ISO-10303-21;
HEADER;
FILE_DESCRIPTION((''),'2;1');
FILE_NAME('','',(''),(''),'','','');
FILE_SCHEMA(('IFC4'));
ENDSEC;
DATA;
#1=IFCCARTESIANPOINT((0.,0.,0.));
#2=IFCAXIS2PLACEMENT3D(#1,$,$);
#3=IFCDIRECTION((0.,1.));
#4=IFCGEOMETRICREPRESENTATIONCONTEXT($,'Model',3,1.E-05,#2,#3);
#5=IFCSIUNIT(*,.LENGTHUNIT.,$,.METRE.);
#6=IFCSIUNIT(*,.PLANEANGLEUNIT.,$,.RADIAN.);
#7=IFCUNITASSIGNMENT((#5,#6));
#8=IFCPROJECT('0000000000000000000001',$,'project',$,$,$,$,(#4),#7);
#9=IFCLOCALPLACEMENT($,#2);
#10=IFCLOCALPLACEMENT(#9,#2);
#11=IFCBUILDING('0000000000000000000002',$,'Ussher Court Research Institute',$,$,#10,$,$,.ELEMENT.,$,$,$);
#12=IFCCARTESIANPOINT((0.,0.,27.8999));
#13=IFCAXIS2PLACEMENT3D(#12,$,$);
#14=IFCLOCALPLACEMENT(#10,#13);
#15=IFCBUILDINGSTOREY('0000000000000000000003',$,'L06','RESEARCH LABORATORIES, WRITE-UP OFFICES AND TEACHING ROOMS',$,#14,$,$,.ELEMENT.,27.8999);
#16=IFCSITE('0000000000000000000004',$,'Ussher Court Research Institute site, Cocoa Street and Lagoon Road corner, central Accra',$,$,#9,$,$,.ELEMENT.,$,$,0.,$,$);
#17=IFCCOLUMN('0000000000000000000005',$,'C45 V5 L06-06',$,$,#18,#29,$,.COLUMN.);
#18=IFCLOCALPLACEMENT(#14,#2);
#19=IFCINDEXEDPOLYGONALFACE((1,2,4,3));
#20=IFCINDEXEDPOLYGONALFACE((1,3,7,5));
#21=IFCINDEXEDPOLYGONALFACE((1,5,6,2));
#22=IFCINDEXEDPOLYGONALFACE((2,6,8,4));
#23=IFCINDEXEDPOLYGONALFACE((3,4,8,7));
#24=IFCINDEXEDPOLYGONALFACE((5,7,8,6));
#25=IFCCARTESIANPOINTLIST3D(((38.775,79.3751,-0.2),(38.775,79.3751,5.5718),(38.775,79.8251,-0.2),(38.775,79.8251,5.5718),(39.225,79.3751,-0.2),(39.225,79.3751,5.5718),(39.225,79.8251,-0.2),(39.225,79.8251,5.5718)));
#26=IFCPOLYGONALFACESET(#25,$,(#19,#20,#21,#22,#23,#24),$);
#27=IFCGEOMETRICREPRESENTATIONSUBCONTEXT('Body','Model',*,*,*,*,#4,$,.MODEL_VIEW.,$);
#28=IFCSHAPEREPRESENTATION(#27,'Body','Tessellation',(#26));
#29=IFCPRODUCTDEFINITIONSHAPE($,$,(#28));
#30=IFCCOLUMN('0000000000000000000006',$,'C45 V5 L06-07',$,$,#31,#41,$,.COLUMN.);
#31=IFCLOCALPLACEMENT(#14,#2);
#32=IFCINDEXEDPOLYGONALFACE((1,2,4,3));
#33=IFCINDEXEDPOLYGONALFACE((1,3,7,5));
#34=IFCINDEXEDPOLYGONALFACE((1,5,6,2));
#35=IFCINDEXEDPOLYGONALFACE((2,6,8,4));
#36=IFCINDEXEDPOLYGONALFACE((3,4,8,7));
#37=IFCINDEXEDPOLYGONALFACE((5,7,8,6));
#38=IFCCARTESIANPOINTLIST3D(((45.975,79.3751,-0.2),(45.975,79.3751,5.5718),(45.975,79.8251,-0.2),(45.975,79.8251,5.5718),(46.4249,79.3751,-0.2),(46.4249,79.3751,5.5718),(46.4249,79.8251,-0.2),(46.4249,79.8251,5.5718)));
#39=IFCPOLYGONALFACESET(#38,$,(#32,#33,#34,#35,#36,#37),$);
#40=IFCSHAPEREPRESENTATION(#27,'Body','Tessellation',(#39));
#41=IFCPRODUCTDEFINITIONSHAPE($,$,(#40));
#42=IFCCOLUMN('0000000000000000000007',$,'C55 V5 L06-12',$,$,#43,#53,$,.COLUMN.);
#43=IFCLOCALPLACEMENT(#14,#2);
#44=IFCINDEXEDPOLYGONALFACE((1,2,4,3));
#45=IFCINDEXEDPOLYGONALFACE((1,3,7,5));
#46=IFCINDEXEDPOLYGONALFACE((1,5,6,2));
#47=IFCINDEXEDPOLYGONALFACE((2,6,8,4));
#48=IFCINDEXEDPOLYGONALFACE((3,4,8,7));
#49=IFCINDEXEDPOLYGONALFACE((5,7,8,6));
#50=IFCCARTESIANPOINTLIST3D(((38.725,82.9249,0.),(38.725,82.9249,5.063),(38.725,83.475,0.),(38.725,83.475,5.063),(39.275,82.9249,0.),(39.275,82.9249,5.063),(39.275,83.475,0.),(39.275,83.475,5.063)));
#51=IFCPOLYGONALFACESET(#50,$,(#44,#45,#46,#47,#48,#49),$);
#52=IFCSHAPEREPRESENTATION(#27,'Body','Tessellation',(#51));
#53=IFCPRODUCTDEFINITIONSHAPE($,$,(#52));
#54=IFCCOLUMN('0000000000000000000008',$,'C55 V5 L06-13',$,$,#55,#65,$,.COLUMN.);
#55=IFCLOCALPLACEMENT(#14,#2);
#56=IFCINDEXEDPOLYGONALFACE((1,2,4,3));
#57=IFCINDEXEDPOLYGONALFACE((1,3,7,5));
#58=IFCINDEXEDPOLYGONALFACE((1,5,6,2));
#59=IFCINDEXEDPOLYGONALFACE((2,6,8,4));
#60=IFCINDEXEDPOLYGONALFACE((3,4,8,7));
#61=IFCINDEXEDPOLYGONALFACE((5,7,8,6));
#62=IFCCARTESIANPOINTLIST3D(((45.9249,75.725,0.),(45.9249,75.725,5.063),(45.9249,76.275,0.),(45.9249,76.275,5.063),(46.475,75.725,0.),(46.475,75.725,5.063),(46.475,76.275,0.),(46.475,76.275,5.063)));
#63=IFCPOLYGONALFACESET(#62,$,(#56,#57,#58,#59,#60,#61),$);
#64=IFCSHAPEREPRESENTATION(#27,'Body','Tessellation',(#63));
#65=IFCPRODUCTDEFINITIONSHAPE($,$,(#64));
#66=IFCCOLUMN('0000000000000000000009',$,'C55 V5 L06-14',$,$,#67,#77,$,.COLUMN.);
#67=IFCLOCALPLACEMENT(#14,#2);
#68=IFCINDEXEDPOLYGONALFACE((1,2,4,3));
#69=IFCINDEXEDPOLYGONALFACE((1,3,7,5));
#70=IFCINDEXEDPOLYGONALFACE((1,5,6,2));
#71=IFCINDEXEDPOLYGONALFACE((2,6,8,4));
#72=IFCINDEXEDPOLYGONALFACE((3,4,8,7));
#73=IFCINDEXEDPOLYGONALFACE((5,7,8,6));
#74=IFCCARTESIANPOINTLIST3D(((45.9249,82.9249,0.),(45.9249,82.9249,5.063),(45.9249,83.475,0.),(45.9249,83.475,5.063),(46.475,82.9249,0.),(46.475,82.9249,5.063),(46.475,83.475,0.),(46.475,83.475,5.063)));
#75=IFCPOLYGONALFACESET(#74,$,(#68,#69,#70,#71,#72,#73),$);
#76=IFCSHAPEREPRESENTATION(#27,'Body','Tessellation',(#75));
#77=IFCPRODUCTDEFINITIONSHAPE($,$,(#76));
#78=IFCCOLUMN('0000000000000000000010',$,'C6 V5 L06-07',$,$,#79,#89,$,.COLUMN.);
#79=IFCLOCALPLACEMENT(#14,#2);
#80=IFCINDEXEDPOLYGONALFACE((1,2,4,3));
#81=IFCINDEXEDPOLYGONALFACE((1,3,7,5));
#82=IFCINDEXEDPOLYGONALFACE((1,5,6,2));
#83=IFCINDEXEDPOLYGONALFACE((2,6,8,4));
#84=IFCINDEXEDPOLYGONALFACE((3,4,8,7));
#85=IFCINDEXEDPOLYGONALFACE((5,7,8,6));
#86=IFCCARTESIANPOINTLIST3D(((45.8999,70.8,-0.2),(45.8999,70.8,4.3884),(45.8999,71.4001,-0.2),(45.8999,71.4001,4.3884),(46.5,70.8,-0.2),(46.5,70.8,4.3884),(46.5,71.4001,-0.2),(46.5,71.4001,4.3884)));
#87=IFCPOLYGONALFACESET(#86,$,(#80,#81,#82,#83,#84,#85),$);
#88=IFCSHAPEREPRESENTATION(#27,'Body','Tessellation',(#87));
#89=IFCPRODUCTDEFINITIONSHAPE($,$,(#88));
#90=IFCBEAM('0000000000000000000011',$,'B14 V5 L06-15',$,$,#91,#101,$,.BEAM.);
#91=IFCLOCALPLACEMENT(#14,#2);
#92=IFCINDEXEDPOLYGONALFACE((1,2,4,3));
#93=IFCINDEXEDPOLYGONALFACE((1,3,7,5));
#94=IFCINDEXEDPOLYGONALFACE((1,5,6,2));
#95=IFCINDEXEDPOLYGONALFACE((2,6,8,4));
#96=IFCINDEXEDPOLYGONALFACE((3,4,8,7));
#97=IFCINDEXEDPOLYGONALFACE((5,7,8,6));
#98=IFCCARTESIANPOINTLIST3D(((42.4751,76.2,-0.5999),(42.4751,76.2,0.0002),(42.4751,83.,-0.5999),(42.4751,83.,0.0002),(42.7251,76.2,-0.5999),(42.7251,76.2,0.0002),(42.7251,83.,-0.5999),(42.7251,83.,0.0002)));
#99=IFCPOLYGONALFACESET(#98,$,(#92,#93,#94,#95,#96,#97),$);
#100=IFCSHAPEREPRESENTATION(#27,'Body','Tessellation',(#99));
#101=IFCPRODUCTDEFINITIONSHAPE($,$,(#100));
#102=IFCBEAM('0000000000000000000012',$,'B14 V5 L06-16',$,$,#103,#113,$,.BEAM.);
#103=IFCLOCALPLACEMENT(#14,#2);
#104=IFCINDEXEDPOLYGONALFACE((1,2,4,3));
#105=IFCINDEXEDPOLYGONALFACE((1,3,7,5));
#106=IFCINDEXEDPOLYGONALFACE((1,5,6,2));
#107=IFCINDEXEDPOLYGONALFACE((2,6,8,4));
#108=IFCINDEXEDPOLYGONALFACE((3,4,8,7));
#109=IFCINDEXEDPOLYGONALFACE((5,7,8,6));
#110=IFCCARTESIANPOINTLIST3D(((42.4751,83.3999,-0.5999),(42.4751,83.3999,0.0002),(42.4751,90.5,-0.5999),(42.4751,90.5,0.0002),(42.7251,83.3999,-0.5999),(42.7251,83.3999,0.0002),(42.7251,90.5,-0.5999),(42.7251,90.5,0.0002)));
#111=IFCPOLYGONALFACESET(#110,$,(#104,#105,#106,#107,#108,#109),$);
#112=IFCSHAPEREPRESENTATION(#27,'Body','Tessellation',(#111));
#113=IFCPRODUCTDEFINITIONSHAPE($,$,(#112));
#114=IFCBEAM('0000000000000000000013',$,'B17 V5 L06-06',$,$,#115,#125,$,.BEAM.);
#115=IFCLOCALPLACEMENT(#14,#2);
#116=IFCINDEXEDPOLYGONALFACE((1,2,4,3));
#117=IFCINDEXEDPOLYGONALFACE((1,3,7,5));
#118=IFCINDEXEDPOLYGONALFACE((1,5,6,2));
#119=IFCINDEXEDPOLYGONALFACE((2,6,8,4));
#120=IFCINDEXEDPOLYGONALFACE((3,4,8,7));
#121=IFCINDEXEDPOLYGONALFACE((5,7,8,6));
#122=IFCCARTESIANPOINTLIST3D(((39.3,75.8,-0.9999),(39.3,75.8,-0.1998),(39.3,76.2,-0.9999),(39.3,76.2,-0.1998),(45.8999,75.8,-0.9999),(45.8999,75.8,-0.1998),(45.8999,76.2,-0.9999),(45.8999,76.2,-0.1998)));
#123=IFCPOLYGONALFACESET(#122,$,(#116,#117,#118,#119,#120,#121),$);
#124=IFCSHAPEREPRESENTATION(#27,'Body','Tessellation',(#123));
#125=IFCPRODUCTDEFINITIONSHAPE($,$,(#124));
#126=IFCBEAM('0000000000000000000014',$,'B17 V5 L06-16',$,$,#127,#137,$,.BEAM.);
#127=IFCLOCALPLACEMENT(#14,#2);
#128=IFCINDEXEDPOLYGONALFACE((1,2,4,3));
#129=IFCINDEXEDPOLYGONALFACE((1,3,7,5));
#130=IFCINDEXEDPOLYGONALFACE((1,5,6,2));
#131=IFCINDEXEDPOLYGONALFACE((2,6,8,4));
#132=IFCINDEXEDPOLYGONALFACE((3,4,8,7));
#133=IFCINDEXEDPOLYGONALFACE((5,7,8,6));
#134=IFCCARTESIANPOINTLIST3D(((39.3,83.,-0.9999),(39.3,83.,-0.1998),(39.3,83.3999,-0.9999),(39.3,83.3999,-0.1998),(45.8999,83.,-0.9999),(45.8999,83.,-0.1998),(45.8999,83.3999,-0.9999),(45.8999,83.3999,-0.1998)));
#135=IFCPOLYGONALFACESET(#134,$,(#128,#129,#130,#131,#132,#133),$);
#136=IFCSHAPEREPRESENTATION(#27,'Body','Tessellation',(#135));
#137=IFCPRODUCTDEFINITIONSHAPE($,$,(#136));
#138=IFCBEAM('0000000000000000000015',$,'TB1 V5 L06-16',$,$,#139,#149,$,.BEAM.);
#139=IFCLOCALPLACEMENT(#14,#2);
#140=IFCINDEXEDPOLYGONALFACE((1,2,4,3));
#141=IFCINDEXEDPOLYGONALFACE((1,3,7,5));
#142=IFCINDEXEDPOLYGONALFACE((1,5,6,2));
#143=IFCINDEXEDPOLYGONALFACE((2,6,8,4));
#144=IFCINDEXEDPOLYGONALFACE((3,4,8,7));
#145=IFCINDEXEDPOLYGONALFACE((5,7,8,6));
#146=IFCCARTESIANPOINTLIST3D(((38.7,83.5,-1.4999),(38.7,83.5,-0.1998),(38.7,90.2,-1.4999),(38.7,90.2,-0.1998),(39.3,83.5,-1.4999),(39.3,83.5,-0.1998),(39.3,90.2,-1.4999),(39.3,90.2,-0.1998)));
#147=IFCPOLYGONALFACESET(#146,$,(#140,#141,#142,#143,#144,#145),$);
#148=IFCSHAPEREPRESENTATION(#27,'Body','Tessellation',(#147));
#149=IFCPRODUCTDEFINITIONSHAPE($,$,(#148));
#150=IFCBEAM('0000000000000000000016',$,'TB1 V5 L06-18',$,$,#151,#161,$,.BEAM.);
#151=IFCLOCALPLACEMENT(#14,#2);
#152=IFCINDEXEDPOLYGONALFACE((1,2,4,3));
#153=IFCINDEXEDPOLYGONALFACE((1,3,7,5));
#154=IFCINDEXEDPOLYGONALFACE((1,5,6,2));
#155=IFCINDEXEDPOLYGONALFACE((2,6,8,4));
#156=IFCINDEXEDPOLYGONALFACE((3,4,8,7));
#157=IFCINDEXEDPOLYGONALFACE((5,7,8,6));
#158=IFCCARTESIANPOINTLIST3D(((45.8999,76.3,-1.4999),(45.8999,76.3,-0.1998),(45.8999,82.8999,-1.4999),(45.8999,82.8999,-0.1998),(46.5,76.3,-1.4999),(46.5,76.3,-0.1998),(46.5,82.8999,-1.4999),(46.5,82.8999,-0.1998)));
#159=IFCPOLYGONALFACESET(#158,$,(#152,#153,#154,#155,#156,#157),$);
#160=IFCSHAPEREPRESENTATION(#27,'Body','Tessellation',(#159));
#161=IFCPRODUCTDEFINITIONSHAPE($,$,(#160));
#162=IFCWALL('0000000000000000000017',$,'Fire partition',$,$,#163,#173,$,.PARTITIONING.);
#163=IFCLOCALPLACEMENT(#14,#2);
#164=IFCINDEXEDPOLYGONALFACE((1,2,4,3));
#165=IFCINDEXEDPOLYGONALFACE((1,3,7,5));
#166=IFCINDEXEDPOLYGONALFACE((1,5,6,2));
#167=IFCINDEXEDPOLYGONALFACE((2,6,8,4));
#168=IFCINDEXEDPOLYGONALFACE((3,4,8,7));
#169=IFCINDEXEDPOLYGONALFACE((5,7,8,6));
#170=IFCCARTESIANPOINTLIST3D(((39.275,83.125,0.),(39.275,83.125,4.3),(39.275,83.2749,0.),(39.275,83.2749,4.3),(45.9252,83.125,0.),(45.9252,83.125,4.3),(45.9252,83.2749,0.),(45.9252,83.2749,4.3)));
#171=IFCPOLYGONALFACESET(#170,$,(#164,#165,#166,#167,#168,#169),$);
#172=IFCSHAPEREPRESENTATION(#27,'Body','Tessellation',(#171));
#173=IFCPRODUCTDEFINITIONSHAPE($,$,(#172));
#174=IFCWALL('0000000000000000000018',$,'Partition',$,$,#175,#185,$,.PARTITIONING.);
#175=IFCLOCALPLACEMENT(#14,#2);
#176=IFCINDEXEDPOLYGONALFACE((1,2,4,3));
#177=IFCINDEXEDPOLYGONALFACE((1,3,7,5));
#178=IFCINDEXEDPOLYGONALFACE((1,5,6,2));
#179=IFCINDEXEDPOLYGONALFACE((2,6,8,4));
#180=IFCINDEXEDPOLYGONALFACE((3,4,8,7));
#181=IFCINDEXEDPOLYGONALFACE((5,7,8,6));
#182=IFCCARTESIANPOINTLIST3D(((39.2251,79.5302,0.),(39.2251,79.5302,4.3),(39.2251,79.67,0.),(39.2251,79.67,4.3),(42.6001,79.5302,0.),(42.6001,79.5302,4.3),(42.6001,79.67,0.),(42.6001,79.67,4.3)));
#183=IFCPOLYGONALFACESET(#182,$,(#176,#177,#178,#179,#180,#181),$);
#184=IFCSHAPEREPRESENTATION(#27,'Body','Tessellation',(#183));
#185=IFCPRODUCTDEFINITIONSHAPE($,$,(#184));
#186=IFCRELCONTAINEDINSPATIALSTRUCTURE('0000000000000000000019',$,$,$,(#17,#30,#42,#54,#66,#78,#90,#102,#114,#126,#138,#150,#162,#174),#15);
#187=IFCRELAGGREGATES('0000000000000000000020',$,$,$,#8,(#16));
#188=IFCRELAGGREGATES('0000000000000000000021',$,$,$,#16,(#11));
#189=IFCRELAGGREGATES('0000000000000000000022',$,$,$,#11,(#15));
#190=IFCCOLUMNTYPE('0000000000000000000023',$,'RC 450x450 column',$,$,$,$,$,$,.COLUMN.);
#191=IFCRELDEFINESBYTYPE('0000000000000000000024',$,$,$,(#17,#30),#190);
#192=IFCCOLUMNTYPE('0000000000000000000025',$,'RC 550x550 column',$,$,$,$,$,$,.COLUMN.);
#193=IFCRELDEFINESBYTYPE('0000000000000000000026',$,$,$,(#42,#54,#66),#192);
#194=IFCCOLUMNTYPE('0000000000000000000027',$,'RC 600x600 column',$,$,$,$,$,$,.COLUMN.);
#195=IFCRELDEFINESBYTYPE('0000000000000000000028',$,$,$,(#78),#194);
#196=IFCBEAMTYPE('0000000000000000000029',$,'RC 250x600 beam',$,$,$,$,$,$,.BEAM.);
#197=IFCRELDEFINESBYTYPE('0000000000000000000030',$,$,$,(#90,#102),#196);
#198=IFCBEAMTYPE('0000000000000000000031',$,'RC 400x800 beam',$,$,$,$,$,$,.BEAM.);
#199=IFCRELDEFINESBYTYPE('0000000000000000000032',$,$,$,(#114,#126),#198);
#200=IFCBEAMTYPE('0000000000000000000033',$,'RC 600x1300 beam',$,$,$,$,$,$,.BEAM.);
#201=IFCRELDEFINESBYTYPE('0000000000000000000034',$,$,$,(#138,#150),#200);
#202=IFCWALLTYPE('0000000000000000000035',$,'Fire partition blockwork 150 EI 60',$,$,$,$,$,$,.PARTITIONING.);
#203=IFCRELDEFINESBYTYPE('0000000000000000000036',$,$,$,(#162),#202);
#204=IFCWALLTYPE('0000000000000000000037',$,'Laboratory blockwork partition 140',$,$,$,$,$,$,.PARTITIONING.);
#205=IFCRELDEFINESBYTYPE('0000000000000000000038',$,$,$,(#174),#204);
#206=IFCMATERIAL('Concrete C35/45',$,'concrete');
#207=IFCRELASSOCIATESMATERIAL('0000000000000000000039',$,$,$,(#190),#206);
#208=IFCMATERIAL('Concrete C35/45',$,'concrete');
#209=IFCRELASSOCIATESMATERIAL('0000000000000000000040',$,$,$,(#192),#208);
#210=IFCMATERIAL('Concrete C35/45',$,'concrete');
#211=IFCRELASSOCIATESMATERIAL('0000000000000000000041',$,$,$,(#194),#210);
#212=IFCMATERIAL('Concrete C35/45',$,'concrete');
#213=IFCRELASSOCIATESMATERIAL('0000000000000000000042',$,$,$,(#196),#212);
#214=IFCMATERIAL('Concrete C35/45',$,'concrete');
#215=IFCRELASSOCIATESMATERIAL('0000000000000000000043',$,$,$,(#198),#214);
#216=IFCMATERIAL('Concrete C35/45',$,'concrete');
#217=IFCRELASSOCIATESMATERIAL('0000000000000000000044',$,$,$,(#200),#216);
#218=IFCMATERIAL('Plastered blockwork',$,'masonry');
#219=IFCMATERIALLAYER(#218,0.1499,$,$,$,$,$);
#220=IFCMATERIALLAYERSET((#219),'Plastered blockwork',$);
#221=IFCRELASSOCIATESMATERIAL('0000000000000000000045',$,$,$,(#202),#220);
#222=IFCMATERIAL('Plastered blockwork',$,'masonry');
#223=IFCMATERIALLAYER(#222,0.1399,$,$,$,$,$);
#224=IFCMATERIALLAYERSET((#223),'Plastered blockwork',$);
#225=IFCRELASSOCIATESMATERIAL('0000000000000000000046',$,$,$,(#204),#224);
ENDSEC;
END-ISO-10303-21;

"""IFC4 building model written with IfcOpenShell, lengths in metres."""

from ifc_helpers import new_model, si_unit, direction, frame, frame_2d, origin, origin_2d, place, context, subcontext, project, spatial, rectangle, extrude, material, layer, layer_set, material_profile, profile_set, type_object, element, save


model = new_model("IFC4")

# Units and contexts
model_context = context("Model", 3, precision=1e-05, world=origin(), true_north=direction((0.0, 1.0)))
body_context = subcontext(model_context, "Body", "Model", "MODEL_VIEW")
ifc_project = project(units=[si_unit("LENGTHUNIT", "METRE"), si_unit("PLANEANGLEUNIT", "RADIAN")], contexts=[model_context])

# Site, building, storey
site_placement = place(None, origin())
site = spatial("IfcSite", under=ifc_project, at=site_placement, Name="Ussher Court Research Institute site, Cocoa Street and Lagoon Road corner, central Accra", CompositionType="ELEMENT", RefElevation=0.0)
building_placement = place(site_placement, origin())
building = spatial("IfcBuilding", under=site, at=building_placement, Name="Ussher Court Research Institute", CompositionType="ELEMENT")
storey_placement = place(building_placement, frame((0.0, 0.0, 27.8999)))
storey = spatial("IfcBuildingStorey", under=building, at=storey_placement, Name="L06", Description="RESEARCH LABORATORIES, WRITE-UP OFFICES AND TEACHING ROOMS", CompositionType="ELEMENT", Elevation=27.8999)

# Columns
ifc_material_1 = material(Name="Concrete C35/45", Category="concrete")
ifc_material_profile_1 = material_profile(ifc_material_1, rectangle(XDim=0.45, YDim=0.45, at=origin_2d()), Name="RC 450x450")
ifc_profile_set_1 = profile_set([ifc_material_profile_1], Name="Concrete C35/45")
column_type_1 = type_object("IfcColumnType", Name="RC 450x450 column", PredefinedType="COLUMN", material=ifc_profile_set_1)
for number, where, z_axis, x_axis, name in (
    (1, (39.0, 79.6001, -0.2), (0.0, 0.0, 1.0), (1.0, 0.0, 0.0), "C45 V5 L06-06"),
    (2, (46.2, 79.6001, -0.2), (0.0, 0.0, 1.0), (1.0, 0.0, 0.0), "C45 V5 L06-07"),
):
    element("IfcColumn", number, at=place(storey_placement, frame(where, z_axis=z_axis, x_axis=x_axis)), inside=storey, type_object=column_type_1, Name=name, PredefinedType="COLUMN", context=body_context, shape_type="SweptSolid", body=[
        extrude(rectangle(XDim=0.45, YDim=0.45, at=origin_2d()), origin(), (0.0, 0.0, 1.0), 5.7717),
    ])
ifc_material_2 = material(Name="Concrete C35/45", Category="concrete")
ifc_material_profile_2 = material_profile(ifc_material_2, rectangle(XDim=0.55, YDim=0.55, at=origin_2d()), Name="RC 550x550")
ifc_profile_set_2 = profile_set([ifc_material_profile_2], Name="Concrete C35/45")
column_type_2 = type_object("IfcColumnType", Name="RC 550x550 column", PredefinedType="COLUMN", material=ifc_profile_set_2)
for number, where, z_axis, x_axis, name in (
    (3, (39.0, 83.2, 0.0), (0.0, 0.0, 1.0), (1.0, 0.0, 0.0), "C55 V5 L06-12"),
    (4, (46.2, 76.0, 0.0), (0.0, 0.0, 1.0), (1.0, 0.0, 0.0), "C55 V5 L06-13"),
    (5, (46.2, 83.2, 0.0), (0.0, 0.0, 1.0), (1.0, 0.0, 0.0), "C55 V5 L06-14"),
):
    element("IfcColumn", number, at=place(storey_placement, frame(where, z_axis=z_axis, x_axis=x_axis)), inside=storey, type_object=column_type_2, Name=name, PredefinedType="COLUMN", context=body_context, shape_type="SweptSolid", body=[
        extrude(rectangle(XDim=0.55, YDim=0.55, at=origin_2d()), origin(), (0.0, 0.0, 1.0), 5.063),
    ])
ifc_material_3 = material(Name="Concrete C35/45", Category="concrete")
ifc_material_profile_3 = material_profile(ifc_material_3, rectangle(XDim=0.6001, YDim=0.6001, at=origin_2d()), Name="RC 600x600")
ifc_profile_set_3 = profile_set([ifc_material_profile_3], Name="Concrete C35/45")
column_type_3 = type_object("IfcColumnType", Name="RC 600x600 column", PredefinedType="COLUMN", material=ifc_profile_set_3)
column_placement = place(storey_placement, frame((46.2, 71.1001, -0.2), z_axis=(0.0, 0.0, 1.0), x_axis=(1.0, 0.0, 0.0)))
element("IfcColumn", 6, at=column_placement, inside=storey, type_object=column_type_3, Name="C6 V5 L06-07", PredefinedType="COLUMN", context=body_context, shape_type="SweptSolid", body=[
    extrude(rectangle(XDim=0.6001, YDim=0.6001, at=origin_2d()), origin(), (0.0, 0.0, 1.0), 4.5884),
])

# Beams
ifc_material_4 = material(Name="Concrete C35/45", Category="concrete")
ifc_material_profile_4 = material_profile(ifc_material_4, rectangle(XDim=0.25, YDim=0.6001, at=origin_2d()), Name="RC 250x600")
ifc_profile_set_4 = profile_set([ifc_material_profile_4], Name="Concrete C35/45")
beam_type_1 = type_object("IfcBeamType", Name="RC 250x600 beam", PredefinedType="BEAM", material=ifc_profile_set_4)
beam_1_placement = place(storey_placement, frame((42.6001, 76.2, -0.2998), z_axis=(0.0, 1.0, 0.0), x_axis=(-1.0, 0.0, 0.0)))
element("IfcBeam", 7, at=beam_1_placement, inside=storey, type_object=beam_type_1, Name="B14 V5 L06-15", PredefinedType="BEAM", context=body_context, shape_type="SweptSolid", body=[
    extrude(rectangle(XDim=0.25, YDim=0.6001, at=origin_2d()), origin(), (0.0, 0.0, 1.0), 6.8),
])
beam_2_placement = place(storey_placement, frame((42.6001, 83.3999, -0.2998), z_axis=(0.0, 1.0, 0.0), x_axis=(-1.0, 0.0, 0.0)))
element("IfcBeam", 8, at=beam_2_placement, inside=storey, type_object=beam_type_1, Name="B14 V5 L06-16", PredefinedType="BEAM", context=body_context, shape_type="SweptSolid", body=[
    extrude(rectangle(XDim=0.25, YDim=0.6001, at=origin_2d()), origin(), (0.0, 0.0, 1.0), 7.1001),
])
ifc_material_5 = material(Name="Concrete C35/45", Category="concrete")
ifc_material_profile_5 = material_profile(ifc_material_5, rectangle(XDim=0.3999, YDim=0.8, at=origin_2d()), Name="RC 400x800")
ifc_profile_set_5 = profile_set([ifc_material_profile_5], Name="Concrete C35/45")
beam_type_2 = type_object("IfcBeamType", Name="RC 400x800 beam", PredefinedType="BEAM", material=ifc_profile_set_5)
for number, where, z_axis, x_axis, name in (
    (9, (39.3, 76.0, -0.5999), (1.0, 0.0, 0.0), (0.0, 1.0, 0.0), "B17 V5 L06-06"),
    (10, (39.3, 83.2, -0.5999), (1.0, 0.0, 0.0), (0.0, 1.0, 0.0), "B17 V5 L06-16"),
):
    element("IfcBeam", number, at=place(storey_placement, frame(where, z_axis=z_axis, x_axis=x_axis)), inside=storey, type_object=beam_type_2, Name=name, PredefinedType="BEAM", context=body_context, shape_type="SweptSolid", body=[
        extrude(rectangle(XDim=0.3999, YDim=0.8, at=origin_2d()), origin(), (0.0, 0.0, 1.0), 6.5999),
    ])
ifc_material_6 = material(Name="Concrete C35/45", Category="concrete")
ifc_material_profile_6 = material_profile(ifc_material_6, rectangle(XDim=0.6001, YDim=1.3, at=origin_2d()), Name="RC 600x1300")
ifc_profile_set_6 = profile_set([ifc_material_profile_6], Name="Concrete C35/45")
beam_type_3 = type_object("IfcBeamType", Name="RC 600x1300 beam", PredefinedType="BEAM", material=ifc_profile_set_6)
beam_3_placement = place(storey_placement, frame((39.0, 83.5, -0.8499), z_axis=(0.0, 1.0, 0.0), x_axis=(-1.0, 0.0, 0.0)))
element("IfcBeam", 11, at=beam_3_placement, inside=storey, type_object=beam_type_3, Name="TB1 V5 L06-16", PredefinedType="BEAM", context=body_context, shape_type="SweptSolid", body=[
    extrude(rectangle(XDim=0.6001, YDim=1.3, at=origin_2d()), origin(), (0.0, 0.0, 1.0), 6.7),
])
beam_4_placement = place(storey_placement, frame((46.2, 76.3, -0.8499), z_axis=(0.0, 1.0, 0.0), x_axis=(-1.0, 0.0, 0.0)))
element("IfcBeam", 12, at=beam_4_placement, inside=storey, type_object=beam_type_3, Name="TB1 V5 L06-18", PredefinedType="BEAM", context=body_context, shape_type="SweptSolid", body=[
    extrude(rectangle(XDim=0.6001, YDim=1.3, at=origin_2d()), origin(), (0.0, 0.0, 1.0), 6.5999),
])

# Walls
ifc_material_7 = material(Name="Plastered blockwork", Category="masonry")
ifc_layer_1 = layer(ifc_material_7, 0.1499)
ifc_layer_set_1 = layer_set([ifc_layer_1], Name="Plastered blockwork")
wall_type_1 = type_object("IfcWallType", Name="Fire partition blockwork 150 EI 60", PredefinedType="PARTITIONING", material=ifc_layer_set_1)
wall_1_placement = place(storey_placement, frame((39.2749, 83.2, 0.0), z_axis=(0.0, 0.0, 1.0), x_axis=(1.0, 0.0, 0.0)))
element("IfcWall", 13, at=wall_1_placement, inside=storey, type_object=wall_type_1, Name="Fire partition", PredefinedType="PARTITIONING", context=body_context, shape_type="SweptSolid", body=[
    extrude(rectangle(XDim=6.6501, YDim=0.1499, at=frame_2d((3.3252, 0.0))), origin(), (0.0, 0.0, 1.0), 4.3),
])
ifc_material_8 = material(Name="Plastered blockwork", Category="masonry")
ifc_layer_2 = layer(ifc_material_8, 0.1399)
ifc_layer_set_2 = layer_set([ifc_layer_2], Name="Plastered blockwork")
wall_type_2 = type_object("IfcWallType", Name="Laboratory blockwork partition 140", PredefinedType="PARTITIONING", material=ifc_layer_set_2)
wall_2_placement = place(storey_placement, frame((39.2251, 79.6001, 0.0), z_axis=(0.0, 0.0, 1.0), x_axis=(1.0, 0.0, 0.0)))
element("IfcWall", 14, at=wall_2_placement, inside=storey, type_object=wall_type_2, Name="Partition", PredefinedType="PARTITIONING", context=body_context, shape_type="SweptSolid", body=[
    extrude(rectangle(XDim=3.375, YDim=0.1399, at=frame_2d((1.6875, 0.0))), origin(), (0.0, 0.0, 1.0), 4.3),
])

save(model, "model.ifc")
